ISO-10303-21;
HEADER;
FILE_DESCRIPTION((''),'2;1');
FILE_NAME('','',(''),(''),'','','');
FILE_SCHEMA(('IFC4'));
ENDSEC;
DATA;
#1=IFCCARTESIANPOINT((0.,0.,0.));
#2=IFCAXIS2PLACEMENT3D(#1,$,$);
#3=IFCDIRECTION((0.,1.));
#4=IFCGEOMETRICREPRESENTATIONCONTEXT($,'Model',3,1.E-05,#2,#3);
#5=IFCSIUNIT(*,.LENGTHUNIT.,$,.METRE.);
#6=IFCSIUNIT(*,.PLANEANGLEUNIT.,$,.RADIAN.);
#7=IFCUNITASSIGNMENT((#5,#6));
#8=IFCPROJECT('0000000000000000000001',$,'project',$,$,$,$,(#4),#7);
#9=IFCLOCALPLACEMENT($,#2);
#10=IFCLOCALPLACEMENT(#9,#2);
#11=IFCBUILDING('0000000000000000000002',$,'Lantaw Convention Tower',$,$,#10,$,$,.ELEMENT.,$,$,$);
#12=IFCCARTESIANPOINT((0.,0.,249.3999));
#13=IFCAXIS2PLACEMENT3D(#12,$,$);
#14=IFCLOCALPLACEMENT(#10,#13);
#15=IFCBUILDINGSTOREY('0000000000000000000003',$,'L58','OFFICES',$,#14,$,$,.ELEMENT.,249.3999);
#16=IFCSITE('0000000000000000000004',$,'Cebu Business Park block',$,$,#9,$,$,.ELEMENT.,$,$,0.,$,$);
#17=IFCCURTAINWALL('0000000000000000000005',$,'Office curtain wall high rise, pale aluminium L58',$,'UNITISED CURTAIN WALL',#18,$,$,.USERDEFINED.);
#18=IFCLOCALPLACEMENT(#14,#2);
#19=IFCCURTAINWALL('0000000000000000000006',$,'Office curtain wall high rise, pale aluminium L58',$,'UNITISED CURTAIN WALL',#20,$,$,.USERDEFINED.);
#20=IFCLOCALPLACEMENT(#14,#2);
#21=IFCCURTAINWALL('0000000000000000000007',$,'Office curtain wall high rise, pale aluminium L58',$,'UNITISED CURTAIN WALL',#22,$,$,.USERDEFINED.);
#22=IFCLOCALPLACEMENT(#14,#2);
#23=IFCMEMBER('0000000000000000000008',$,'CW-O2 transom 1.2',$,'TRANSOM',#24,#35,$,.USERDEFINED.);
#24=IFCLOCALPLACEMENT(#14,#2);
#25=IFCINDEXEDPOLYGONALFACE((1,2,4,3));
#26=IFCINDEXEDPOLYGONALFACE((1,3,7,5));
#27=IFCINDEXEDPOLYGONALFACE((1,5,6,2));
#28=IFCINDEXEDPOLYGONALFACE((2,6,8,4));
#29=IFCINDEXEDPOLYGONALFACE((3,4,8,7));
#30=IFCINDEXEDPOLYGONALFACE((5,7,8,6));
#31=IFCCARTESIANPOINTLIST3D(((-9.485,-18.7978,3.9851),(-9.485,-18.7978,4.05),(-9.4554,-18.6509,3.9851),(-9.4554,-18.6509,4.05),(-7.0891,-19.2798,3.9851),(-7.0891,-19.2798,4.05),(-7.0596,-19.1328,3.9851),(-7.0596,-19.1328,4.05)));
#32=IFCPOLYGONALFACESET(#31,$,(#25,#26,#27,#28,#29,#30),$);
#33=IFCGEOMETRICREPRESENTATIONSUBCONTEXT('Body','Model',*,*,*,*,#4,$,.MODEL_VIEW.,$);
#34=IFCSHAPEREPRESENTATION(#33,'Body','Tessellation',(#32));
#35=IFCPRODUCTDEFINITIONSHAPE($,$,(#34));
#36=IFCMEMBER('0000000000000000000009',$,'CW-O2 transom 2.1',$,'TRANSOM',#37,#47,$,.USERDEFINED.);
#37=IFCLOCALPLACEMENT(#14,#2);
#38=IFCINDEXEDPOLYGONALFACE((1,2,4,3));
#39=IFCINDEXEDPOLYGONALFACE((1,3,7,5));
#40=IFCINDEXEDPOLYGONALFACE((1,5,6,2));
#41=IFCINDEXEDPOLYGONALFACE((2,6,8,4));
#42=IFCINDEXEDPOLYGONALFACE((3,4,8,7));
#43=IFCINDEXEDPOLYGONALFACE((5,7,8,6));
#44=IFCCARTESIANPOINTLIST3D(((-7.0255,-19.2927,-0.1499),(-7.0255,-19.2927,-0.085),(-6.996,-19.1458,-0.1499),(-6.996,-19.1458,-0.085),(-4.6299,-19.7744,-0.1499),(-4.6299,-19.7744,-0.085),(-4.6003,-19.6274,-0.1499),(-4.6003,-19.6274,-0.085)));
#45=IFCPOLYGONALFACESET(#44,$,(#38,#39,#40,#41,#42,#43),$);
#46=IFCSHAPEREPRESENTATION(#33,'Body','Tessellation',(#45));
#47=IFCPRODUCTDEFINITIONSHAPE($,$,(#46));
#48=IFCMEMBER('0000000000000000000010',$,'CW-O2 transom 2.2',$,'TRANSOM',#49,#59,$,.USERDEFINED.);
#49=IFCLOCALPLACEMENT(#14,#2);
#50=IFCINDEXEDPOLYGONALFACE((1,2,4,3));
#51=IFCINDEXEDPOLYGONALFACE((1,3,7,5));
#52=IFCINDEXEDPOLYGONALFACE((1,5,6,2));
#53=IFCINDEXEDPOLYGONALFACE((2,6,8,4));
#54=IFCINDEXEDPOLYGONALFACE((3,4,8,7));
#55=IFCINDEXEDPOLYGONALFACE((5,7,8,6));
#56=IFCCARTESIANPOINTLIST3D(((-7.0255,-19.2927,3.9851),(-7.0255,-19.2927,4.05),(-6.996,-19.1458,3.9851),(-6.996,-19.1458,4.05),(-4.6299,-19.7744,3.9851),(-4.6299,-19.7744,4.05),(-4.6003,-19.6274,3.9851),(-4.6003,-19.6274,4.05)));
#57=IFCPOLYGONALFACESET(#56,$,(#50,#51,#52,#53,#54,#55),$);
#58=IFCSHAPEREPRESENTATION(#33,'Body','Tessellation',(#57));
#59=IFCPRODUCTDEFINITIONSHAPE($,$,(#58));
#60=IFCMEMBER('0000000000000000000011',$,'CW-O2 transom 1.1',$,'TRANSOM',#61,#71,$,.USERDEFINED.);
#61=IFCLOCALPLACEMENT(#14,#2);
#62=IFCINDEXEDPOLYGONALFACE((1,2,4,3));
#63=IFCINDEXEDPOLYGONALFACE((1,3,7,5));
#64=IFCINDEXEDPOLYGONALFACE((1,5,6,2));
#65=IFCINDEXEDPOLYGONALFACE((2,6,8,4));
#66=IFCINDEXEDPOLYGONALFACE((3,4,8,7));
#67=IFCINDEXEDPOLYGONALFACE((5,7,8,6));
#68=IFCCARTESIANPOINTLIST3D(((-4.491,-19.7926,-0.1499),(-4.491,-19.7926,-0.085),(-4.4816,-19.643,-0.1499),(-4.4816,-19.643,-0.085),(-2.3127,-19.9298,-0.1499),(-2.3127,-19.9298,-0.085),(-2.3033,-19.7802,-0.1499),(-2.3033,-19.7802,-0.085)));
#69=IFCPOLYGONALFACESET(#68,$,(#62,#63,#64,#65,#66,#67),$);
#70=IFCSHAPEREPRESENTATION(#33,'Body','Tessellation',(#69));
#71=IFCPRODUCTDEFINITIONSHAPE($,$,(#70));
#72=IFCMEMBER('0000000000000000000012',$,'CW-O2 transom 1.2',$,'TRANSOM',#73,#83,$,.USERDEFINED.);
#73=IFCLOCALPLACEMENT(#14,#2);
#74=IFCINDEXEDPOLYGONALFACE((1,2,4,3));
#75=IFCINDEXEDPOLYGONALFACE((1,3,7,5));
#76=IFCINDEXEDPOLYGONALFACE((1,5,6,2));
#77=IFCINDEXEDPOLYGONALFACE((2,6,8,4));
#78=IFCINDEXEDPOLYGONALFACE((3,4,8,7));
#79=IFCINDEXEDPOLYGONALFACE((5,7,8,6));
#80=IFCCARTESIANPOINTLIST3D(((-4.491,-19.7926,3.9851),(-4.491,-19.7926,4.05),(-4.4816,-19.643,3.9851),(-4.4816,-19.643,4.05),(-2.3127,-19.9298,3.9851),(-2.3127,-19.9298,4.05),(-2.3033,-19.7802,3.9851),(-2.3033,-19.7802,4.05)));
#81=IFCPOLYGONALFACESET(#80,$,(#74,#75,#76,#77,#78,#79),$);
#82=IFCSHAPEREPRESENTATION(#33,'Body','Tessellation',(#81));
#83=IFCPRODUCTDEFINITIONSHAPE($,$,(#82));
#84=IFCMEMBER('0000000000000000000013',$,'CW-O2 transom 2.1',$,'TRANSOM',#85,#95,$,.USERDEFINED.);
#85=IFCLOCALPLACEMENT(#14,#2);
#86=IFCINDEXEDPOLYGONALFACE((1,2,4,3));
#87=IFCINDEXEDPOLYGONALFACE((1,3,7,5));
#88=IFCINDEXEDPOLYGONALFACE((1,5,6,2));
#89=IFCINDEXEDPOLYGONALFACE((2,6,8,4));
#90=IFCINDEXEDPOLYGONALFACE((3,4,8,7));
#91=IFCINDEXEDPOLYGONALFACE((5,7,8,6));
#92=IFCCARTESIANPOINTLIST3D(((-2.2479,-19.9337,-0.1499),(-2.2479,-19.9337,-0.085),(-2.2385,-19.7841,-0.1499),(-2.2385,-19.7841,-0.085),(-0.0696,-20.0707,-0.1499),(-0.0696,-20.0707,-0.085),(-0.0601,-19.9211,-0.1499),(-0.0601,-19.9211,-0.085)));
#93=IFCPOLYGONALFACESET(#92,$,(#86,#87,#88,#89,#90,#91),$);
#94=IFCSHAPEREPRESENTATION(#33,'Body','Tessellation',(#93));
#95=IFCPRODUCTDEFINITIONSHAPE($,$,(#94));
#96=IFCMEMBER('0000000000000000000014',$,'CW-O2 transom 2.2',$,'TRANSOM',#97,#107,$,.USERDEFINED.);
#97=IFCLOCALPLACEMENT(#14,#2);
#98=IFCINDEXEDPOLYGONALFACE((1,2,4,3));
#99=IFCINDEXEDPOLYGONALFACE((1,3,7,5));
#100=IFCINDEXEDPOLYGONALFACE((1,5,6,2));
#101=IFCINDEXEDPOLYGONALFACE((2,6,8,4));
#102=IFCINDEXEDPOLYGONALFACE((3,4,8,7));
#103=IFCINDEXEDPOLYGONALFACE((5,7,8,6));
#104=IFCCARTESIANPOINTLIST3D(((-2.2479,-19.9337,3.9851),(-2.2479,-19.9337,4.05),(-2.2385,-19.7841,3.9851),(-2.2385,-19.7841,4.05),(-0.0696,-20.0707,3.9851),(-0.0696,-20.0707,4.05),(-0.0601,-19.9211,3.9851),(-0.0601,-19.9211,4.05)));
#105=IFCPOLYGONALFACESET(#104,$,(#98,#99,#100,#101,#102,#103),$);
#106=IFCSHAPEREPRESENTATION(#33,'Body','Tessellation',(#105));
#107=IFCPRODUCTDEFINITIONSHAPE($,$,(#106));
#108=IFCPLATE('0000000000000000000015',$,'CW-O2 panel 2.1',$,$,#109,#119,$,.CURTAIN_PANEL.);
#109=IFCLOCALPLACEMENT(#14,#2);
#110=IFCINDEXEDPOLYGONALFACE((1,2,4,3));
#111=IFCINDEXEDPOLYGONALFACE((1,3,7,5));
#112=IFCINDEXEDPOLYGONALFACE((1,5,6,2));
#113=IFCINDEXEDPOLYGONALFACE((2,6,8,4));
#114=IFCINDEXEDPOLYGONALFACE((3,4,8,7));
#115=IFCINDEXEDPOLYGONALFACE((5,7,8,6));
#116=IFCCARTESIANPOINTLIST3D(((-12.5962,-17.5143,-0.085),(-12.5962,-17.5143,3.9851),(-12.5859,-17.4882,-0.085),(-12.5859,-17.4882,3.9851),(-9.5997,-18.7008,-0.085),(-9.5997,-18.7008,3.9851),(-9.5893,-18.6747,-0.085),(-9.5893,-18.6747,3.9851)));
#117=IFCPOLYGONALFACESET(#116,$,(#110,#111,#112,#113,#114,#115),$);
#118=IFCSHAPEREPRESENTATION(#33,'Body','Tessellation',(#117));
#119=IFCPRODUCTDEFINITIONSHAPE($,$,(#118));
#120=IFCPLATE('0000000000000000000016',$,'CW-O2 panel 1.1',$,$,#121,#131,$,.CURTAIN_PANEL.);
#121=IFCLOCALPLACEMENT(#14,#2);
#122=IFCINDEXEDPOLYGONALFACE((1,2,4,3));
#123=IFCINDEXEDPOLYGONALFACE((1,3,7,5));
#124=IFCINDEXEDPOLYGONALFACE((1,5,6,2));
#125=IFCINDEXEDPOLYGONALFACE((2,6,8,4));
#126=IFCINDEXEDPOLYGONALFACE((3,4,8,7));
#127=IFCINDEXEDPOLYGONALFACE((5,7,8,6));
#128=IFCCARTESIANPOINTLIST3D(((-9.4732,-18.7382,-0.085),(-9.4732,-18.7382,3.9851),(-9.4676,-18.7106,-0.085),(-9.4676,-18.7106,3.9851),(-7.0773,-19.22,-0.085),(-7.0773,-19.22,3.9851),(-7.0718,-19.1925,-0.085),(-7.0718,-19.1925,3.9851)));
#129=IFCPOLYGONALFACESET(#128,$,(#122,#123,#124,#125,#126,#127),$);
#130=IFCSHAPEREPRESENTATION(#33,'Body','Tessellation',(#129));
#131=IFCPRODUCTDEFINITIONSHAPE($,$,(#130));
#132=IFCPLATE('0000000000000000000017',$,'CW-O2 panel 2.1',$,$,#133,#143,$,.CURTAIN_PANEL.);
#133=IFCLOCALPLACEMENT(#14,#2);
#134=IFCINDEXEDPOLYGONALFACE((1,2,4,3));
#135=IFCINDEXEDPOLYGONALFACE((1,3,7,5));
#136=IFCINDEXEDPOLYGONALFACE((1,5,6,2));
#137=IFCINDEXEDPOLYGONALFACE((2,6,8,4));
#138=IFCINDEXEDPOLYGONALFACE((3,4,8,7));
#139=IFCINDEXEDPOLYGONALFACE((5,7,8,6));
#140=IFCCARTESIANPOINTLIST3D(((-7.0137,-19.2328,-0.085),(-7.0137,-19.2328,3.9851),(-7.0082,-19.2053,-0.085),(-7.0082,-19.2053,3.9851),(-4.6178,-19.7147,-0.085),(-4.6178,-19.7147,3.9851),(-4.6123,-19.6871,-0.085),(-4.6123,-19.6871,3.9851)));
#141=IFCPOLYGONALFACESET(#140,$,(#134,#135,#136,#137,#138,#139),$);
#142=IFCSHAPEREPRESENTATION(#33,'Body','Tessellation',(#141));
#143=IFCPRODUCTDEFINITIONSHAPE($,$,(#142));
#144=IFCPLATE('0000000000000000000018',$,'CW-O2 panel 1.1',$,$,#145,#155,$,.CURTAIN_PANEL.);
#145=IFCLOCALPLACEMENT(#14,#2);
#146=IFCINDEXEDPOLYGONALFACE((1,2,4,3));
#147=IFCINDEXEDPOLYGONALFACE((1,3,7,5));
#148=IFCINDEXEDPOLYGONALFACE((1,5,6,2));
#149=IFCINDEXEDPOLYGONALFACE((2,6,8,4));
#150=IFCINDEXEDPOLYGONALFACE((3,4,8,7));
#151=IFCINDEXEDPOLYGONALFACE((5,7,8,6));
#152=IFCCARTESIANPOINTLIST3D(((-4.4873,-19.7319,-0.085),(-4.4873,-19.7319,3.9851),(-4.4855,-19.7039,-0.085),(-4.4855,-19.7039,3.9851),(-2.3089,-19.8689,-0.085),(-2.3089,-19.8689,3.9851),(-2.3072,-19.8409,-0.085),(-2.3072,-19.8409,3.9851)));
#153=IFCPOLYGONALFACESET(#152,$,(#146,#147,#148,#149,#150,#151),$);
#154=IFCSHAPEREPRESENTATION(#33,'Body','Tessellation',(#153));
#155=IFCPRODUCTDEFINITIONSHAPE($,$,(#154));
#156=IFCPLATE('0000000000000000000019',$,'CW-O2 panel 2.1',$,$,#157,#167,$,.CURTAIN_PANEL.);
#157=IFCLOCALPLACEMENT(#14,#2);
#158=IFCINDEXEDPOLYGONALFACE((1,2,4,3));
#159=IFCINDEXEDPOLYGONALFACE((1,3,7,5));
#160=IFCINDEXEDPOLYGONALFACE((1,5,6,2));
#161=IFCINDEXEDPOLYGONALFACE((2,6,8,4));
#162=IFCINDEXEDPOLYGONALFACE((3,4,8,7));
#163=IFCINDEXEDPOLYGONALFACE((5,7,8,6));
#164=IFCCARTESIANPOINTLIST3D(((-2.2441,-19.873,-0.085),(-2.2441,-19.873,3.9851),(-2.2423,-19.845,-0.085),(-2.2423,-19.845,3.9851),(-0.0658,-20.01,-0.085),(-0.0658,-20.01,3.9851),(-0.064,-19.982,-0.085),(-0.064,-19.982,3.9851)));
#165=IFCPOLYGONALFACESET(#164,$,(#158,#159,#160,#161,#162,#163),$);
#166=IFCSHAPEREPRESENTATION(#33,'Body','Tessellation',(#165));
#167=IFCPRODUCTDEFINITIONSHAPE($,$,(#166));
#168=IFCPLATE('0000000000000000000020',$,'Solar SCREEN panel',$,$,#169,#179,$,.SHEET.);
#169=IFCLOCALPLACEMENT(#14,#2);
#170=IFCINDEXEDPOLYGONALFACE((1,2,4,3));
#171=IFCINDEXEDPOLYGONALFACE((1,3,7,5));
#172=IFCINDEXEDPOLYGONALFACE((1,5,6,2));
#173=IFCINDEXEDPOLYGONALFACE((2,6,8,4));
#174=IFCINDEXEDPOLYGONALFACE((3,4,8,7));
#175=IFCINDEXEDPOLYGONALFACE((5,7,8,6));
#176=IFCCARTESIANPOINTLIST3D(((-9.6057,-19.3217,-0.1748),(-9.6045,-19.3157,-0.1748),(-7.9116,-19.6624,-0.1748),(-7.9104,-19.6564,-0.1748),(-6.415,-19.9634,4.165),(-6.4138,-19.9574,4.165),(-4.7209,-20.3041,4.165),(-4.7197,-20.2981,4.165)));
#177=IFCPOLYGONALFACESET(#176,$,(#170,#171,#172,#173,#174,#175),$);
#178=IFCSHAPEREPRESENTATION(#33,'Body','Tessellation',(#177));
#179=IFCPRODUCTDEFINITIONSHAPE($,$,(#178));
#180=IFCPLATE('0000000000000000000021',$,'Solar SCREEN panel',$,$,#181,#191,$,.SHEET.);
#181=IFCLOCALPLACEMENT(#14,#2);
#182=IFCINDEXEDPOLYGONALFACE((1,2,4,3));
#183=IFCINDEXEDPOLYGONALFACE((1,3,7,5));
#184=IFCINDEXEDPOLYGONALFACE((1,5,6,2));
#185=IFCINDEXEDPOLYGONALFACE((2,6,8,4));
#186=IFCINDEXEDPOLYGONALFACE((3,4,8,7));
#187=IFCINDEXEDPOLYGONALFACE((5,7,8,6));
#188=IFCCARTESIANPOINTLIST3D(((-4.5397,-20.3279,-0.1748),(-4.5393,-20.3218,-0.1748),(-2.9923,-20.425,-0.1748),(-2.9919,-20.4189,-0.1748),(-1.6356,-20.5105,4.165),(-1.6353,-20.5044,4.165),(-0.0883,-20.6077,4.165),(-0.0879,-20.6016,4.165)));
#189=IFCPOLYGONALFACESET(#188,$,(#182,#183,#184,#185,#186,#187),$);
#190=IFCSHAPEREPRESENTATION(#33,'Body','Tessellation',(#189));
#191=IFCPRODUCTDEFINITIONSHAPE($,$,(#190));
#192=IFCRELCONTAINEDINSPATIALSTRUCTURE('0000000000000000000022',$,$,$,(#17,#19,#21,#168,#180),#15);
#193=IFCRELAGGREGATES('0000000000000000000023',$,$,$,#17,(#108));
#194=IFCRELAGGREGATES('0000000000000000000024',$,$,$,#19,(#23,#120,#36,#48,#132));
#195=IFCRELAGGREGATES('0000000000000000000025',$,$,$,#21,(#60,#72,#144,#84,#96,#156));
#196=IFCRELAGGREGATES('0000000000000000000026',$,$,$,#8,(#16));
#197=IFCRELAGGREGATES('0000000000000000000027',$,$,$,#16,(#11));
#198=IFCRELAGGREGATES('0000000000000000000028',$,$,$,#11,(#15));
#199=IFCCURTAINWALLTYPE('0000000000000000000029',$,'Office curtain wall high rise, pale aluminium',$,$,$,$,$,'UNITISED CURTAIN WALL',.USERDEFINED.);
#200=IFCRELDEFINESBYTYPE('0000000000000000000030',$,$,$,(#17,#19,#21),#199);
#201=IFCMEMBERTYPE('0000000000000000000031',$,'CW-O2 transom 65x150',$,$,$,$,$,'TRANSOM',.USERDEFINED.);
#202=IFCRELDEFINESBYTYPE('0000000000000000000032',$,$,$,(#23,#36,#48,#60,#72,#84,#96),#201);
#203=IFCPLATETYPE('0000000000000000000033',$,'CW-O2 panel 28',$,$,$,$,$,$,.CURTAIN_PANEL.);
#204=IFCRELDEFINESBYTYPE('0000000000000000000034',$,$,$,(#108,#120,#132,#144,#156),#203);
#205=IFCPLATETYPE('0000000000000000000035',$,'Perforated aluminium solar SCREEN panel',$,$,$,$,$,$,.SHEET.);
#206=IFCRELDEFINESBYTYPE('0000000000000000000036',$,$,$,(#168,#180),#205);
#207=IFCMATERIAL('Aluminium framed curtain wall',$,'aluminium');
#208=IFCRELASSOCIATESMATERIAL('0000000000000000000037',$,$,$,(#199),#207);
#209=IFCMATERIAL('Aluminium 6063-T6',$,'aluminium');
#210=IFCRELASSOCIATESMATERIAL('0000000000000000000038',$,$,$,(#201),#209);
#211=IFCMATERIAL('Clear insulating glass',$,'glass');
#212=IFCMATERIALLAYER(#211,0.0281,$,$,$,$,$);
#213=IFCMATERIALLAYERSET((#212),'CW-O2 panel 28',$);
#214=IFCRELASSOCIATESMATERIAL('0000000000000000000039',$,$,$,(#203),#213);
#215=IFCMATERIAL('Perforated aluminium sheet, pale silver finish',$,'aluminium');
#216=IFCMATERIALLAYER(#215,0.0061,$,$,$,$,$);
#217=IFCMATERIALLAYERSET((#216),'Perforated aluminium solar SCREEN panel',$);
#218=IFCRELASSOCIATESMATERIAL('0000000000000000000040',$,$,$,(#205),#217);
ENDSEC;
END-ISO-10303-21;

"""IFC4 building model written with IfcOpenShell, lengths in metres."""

from ifc_helpers import new_model, si_unit, direction, frame, origin, origin_2d, place, context, subcontext, project, spatial, polyline, rectangle, outline, extrude, material, layer, layer_set, material_profile, profile_set, type_object, element, aggregate, save


model = new_model("IFC4")

# Units and contexts
model_context = context("Model", 3, precision=1e-05, world=origin(), true_north=direction((0.0, 1.0)))
body_context = subcontext(model_context, "Body", "Model", "MODEL_VIEW")
ifc_project = project(units=[si_unit("LENGTHUNIT", "METRE"), si_unit("PLANEANGLEUNIT", "RADIAN")], contexts=[model_context])

# Site, building, storey
site_placement = place(None, origin())
site = spatial("IfcSite", under=ifc_project, at=site_placement, Name="Cebu Business Park block", CompositionType="ELEMENT", RefElevation=0.0)
building_placement = place(site_placement, origin())
building = spatial("IfcBuilding", under=site, at=building_placement, Name="Lantaw Convention Tower", CompositionType="ELEMENT")
storey_placement = place(building_placement, frame((0.0, 0.0, 249.3999)))
storey = spatial("IfcBuildingStorey", under=building, at=storey_placement, Name="L58", Description="OFFICES", CompositionType="ELEMENT", Elevation=249.3999)

# Curtain walls
ifc_material_1 = material(Name="Aluminium framed curtain wall", Category="aluminium")
curtain_wall_type = type_object("IfcCurtainWallType", Name="Office curtain wall high rise, pale aluminium", ElementType="UNITISED CURTAIN WALL", PredefinedType="USERDEFINED", material=ifc_material_1)
curtain_wall_1_placement = place(storey_placement, origin())
curtain_wall_1 = element("IfcCurtainWall", 1, at=curtain_wall_1_placement, inside=storey, type_object=curtain_wall_type, Name="Office curtain wall high rise, pale aluminium L58", ObjectType="UNITISED CURTAIN WALL", PredefinedType="USERDEFINED")
ifc_material_2 = material(Name="Aluminium 6063-T6", Category="aluminium")
curtain_wall_2_placement = place(storey_placement, origin())
curtain_wall_2 = element("IfcCurtainWall", 2, at=curtain_wall_2_placement, inside=storey, type_object=curtain_wall_type, Name="Office curtain wall high rise, pale aluminium L58", ObjectType="UNITISED CURTAIN WALL", PredefinedType="USERDEFINED")
curtain_wall_3_placement = place(storey_placement, origin())
curtain_wall_3 = element("IfcCurtainWall", 3, at=curtain_wall_3_placement, inside=storey, type_object=curtain_wall_type, Name="Office curtain wall high rise, pale aluminium L58", ObjectType="UNITISED CURTAIN WALL", PredefinedType="USERDEFINED")

# Members
ifc_material_profile_1 = material_profile(ifc_material_2, rectangle(XDim=0.1499, YDim=0.0649, at=origin_2d()), Name="CW-O2 transom 65x150")
ifc_profile_set_1 = profile_set([ifc_material_profile_1], Name="Aluminium 6063-T6")
member_type_1 = type_object("IfcMemberType", Name="CW-O2 transom 65x150", ElementType="TRANSOM", PredefinedType="USERDEFINED", material=ifc_profile_set_1)
member_1_placement = place(storey_placement, frame((-9.4702, -18.7244, 4.0176), z_axis=(0.980361, -0.197211, 0.0), x_axis=(0.197211, 0.980361, 0.0)))
member_1 = element("IfcMember", 4, at=member_1_placement, type_object=member_type_1, Name="CW-O2 transom 1.2", ObjectType="TRANSOM", PredefinedType="USERDEFINED", context=body_context, shape_type="SweptSolid", body=[
    extrude(rectangle(XDim=0.1499, YDim=0.0649, at=origin_2d()), origin(), (0.0, 0.0, 1.0), 2.4438),
])
member_2_placement = place(storey_placement, frame((-7.0107, -19.2192, -0.1174), z_axis=(0.98038, -0.197115, 0.0), x_axis=(0.197115, 0.98038, 0.0)))
member_2 = element("IfcMember", 5, at=member_2_placement, type_object=member_type_1, Name="CW-O2 transom 2.1", ObjectType="TRANSOM", PredefinedType="USERDEFINED", context=body_context, shape_type="SweptSolid", body=[
    extrude(rectangle(XDim=0.1499, YDim=0.0649, at=origin_2d()), origin(), (0.0, 0.0, 1.0), 2.4436),
])
member_3_placement = place(storey_placement, frame((-7.0107, -19.2192, 4.0176), z_axis=(0.98038, -0.197115, 0.0), x_axis=(0.197115, 0.98038, 0.0)))
member_3 = element("IfcMember", 6, at=member_3_placement, type_object=member_type_1, Name="CW-O2 transom 2.2", ObjectType="TRANSOM", PredefinedType="USERDEFINED", context=body_context, shape_type="SweptSolid", body=[
    extrude(rectangle(XDim=0.1499, YDim=0.0649, at=origin_2d()), origin(), (0.0, 0.0, 1.0), 2.4436),
])
member_4_placement = place(storey_placement, frame((-4.4863, -19.7178, -0.1174), z_axis=(0.998022, -0.062866, 0.0), x_axis=(0.062866, 0.998022, 0.0)))
member_4 = element("IfcMember", 7, at=member_4_placement, type_object=member_type_1, Name="CW-O2 transom 1.1", ObjectType="TRANSOM", PredefinedType="USERDEFINED", context=body_context, shape_type="SweptSolid", body=[
    extrude(rectangle(XDim=0.1499, YDim=0.0649, at=origin_2d()), origin(), (0.0, 0.0, 1.0), 2.1826),
])
member_5_placement = place(storey_placement, frame((-4.4863, -19.7178, 4.0176), z_axis=(0.998022, -0.062866, 0.0), x_axis=(0.062866, 0.998022, 0.0)))
member_5 = element("IfcMember", 8, at=member_5_placement, type_object=member_type_1, Name="CW-O2 transom 1.2", ObjectType="TRANSOM", PredefinedType="USERDEFINED", context=body_context, shape_type="SweptSolid", body=[
    extrude(rectangle(XDim=0.1499, YDim=0.0649, at=origin_2d()), origin(), (0.0, 0.0, 1.0), 2.1826),
])
member_6_placement = place(storey_placement, frame((-2.2432, -19.8589, -0.1174), z_axis=(0.998029, -0.062754, 0.0), x_axis=(0.062754, 0.998029, 0.0)))
member_6 = element("IfcMember", 9, at=member_6_placement, type_object=member_type_1, Name="CW-O2 transom 2.1", ObjectType="TRANSOM", PredefinedType="USERDEFINED", context=body_context, shape_type="SweptSolid", body=[
    extrude(rectangle(XDim=0.1499, YDim=0.0649, at=origin_2d()), origin(), (0.0, 0.0, 1.0), 2.1826),
])
member_7_placement = place(storey_placement, frame((-2.2432, -19.8589, 4.0176), z_axis=(0.998029, -0.062754, 0.0), x_axis=(0.062754, 0.998029, 0.0)))
member_7 = element("IfcMember", 10, at=member_7_placement, type_object=member_type_1, Name="CW-O2 transom 2.2", ObjectType="TRANSOM", PredefinedType="USERDEFINED", context=body_context, shape_type="SweptSolid", body=[
    extrude(rectangle(XDim=0.1499, YDim=0.0649, at=origin_2d()), origin(), (0.0, 0.0, 1.0), 2.1826),
])

# Plates
ifc_material_3 = material(Name="Clear insulating glass", Category="glass")
ifc_layer_1 = layer(ifc_material_3, 0.0281)
ifc_layer_set_1 = layer_set([ifc_layer_1], Name="CW-O2 panel 28")
plate_type_1 = type_object("IfcPlateType", Name="CW-O2 panel 28", PredefinedType="CURTAIN_PANEL", material=ifc_layer_set_1)
plate_1_placement = place(storey_placement, frame((-11.0928, -18.0945, -0.085), z_axis=(0.0, 0.0, 1.0), x_axis=(0.929762, -0.368162, 0.0)))
plate_1 = element("IfcPlate", 11, at=plate_1_placement, type_object=plate_type_1, Name="CW-O2 panel 2.1", PredefinedType="CURTAIN_PANEL", context=body_context, shape_type="SweptSolid", body=[
    extrude(rectangle(XDim=3.2229, YDim=0.0281, at=origin_2d()), origin(), (0.0, 0.0, 1.0), 4.0701),
])
aggregate(curtain_wall_1, [plate_1])
plate_2_placement = place(storey_placement, frame((-8.2725, -18.9653, -0.085), z_axis=(0.0, 0.0, 1.0), x_axis=(0.980367, -0.197183, 0.0)))
plate_2 = element("IfcPlate", 12, at=plate_2_placement, type_object=plate_type_1, Name="CW-O2 panel 1.1", PredefinedType="CURTAIN_PANEL", context=body_context, shape_type="SweptSolid", body=[
    extrude(rectangle(XDim=2.4438, YDim=0.0281, at=origin_2d()), origin(), (0.0, 0.0, 1.0), 4.0701),
])
plate_3_placement = place(storey_placement, frame((-5.813, -19.46, -0.085), z_axis=(0.0, 0.0, 1.0), x_axis=(0.980367, -0.197183, 0.0)))
plate_3 = element("IfcPlate", 13, at=plate_3_placement, type_object=plate_type_1, Name="CW-O2 panel 2.1", PredefinedType="CURTAIN_PANEL", context=body_context, shape_type="SweptSolid", body=[
    extrude(rectangle(XDim=2.4438, YDim=0.0281, at=origin_2d()), origin(), (0.0, 0.0, 1.0), 4.0701),
])
aggregate(curtain_wall_2, [member_1, plate_2, member_2, member_3, plate_3])
plate_4_placement = place(storey_placement, frame((-3.3972, -19.7864, -0.085), z_axis=(0.0, 0.0, 1.0), x_axis=(0.998029, -0.062758, 0.0)))
plate_4 = element("IfcPlate", 14, at=plate_4_placement, type_object=plate_type_1, Name="CW-O2 panel 1.1", PredefinedType="CURTAIN_PANEL", context=body_context, shape_type="SweptSolid", body=[
    extrude(rectangle(XDim=2.1826, YDim=0.0281, at=origin_2d()), origin(), (0.0, 0.0, 1.0), 4.0701),
])
plate_5_placement = place(storey_placement, frame((-1.1541, -19.9275, -0.085), z_axis=(0.0, 0.0, 1.0), x_axis=(0.998029, -0.062758, 0.0)))
plate_5 = element("IfcPlate", 15, at=plate_5_placement, type_object=plate_type_1, Name="CW-O2 panel 2.1", PredefinedType="CURTAIN_PANEL", context=body_context, shape_type="SweptSolid", body=[
    extrude(rectangle(XDim=2.1826, YDim=0.0281, at=origin_2d()), origin(), (0.0, 0.0, 1.0), 4.0701),
])
aggregate(curtain_wall_3, [member_4, member_5, plate_4, member_6, member_7, plate_5])

# Plates
ifc_material_4 = material(Name="Perforated aluminium sheet, pale silver finish", Category="aluminium")
ifc_layer_2 = layer(ifc_material_4, 0.0061)
ifc_layer_set_2 = layer_set([ifc_layer_2], Name="Perforated aluminium solar SCREEN panel")
plate_type_2 = type_object("IfcPlateType", Name="Perforated aluminium solar SCREEN panel", PredefinedType="SHEET", material=ifc_layer_set_2)
plate_6_placement = place(storey_placement, frame((-9.6045, -19.3157, -0.1748), z_axis=(0.197162, 0.980371, 0.000011), x_axis=(0.980371, -0.197162, 0.0)))
element("IfcPlate", 16, at=plate_6_placement, inside=storey, type_object=plate_type_2, Name="Solar SCREEN panel", PredefinedType="SHEET", context=body_context, shape_type="SweptSolid", body=[
    extrude(outline(polyline([(0.0, 0.0), (1.728, 0.0), (4.9826, -4.3398), (3.2545, -4.3398), (0.0, 0.0)])), origin(), (0.0, 0.0, -1.0), 0.0061),
])
plate_7_placement = place(storey_placement, frame((-4.5393, -20.3218, -0.1748), z_axis=(0.062672, 0.998034, 0.000059), x_axis=(0.998034, -0.062672, 0.0)))
element("IfcPlate", 17, at=plate_7_placement, inside=storey, type_object=plate_type_2, Name="Solar SCREEN panel", PredefinedType="SHEET", context=body_context, shape_type="SweptSolid", body=[
    extrude(outline(polyline([(0.0, 0.0), (1.5504, 0.0), (4.4602, -4.3398), (2.9098, -4.3398), (0.0, 0.0)])), origin(), (0.0, 0.0, -1.0), 0.0061),
])

save(model, "model.ifc")
